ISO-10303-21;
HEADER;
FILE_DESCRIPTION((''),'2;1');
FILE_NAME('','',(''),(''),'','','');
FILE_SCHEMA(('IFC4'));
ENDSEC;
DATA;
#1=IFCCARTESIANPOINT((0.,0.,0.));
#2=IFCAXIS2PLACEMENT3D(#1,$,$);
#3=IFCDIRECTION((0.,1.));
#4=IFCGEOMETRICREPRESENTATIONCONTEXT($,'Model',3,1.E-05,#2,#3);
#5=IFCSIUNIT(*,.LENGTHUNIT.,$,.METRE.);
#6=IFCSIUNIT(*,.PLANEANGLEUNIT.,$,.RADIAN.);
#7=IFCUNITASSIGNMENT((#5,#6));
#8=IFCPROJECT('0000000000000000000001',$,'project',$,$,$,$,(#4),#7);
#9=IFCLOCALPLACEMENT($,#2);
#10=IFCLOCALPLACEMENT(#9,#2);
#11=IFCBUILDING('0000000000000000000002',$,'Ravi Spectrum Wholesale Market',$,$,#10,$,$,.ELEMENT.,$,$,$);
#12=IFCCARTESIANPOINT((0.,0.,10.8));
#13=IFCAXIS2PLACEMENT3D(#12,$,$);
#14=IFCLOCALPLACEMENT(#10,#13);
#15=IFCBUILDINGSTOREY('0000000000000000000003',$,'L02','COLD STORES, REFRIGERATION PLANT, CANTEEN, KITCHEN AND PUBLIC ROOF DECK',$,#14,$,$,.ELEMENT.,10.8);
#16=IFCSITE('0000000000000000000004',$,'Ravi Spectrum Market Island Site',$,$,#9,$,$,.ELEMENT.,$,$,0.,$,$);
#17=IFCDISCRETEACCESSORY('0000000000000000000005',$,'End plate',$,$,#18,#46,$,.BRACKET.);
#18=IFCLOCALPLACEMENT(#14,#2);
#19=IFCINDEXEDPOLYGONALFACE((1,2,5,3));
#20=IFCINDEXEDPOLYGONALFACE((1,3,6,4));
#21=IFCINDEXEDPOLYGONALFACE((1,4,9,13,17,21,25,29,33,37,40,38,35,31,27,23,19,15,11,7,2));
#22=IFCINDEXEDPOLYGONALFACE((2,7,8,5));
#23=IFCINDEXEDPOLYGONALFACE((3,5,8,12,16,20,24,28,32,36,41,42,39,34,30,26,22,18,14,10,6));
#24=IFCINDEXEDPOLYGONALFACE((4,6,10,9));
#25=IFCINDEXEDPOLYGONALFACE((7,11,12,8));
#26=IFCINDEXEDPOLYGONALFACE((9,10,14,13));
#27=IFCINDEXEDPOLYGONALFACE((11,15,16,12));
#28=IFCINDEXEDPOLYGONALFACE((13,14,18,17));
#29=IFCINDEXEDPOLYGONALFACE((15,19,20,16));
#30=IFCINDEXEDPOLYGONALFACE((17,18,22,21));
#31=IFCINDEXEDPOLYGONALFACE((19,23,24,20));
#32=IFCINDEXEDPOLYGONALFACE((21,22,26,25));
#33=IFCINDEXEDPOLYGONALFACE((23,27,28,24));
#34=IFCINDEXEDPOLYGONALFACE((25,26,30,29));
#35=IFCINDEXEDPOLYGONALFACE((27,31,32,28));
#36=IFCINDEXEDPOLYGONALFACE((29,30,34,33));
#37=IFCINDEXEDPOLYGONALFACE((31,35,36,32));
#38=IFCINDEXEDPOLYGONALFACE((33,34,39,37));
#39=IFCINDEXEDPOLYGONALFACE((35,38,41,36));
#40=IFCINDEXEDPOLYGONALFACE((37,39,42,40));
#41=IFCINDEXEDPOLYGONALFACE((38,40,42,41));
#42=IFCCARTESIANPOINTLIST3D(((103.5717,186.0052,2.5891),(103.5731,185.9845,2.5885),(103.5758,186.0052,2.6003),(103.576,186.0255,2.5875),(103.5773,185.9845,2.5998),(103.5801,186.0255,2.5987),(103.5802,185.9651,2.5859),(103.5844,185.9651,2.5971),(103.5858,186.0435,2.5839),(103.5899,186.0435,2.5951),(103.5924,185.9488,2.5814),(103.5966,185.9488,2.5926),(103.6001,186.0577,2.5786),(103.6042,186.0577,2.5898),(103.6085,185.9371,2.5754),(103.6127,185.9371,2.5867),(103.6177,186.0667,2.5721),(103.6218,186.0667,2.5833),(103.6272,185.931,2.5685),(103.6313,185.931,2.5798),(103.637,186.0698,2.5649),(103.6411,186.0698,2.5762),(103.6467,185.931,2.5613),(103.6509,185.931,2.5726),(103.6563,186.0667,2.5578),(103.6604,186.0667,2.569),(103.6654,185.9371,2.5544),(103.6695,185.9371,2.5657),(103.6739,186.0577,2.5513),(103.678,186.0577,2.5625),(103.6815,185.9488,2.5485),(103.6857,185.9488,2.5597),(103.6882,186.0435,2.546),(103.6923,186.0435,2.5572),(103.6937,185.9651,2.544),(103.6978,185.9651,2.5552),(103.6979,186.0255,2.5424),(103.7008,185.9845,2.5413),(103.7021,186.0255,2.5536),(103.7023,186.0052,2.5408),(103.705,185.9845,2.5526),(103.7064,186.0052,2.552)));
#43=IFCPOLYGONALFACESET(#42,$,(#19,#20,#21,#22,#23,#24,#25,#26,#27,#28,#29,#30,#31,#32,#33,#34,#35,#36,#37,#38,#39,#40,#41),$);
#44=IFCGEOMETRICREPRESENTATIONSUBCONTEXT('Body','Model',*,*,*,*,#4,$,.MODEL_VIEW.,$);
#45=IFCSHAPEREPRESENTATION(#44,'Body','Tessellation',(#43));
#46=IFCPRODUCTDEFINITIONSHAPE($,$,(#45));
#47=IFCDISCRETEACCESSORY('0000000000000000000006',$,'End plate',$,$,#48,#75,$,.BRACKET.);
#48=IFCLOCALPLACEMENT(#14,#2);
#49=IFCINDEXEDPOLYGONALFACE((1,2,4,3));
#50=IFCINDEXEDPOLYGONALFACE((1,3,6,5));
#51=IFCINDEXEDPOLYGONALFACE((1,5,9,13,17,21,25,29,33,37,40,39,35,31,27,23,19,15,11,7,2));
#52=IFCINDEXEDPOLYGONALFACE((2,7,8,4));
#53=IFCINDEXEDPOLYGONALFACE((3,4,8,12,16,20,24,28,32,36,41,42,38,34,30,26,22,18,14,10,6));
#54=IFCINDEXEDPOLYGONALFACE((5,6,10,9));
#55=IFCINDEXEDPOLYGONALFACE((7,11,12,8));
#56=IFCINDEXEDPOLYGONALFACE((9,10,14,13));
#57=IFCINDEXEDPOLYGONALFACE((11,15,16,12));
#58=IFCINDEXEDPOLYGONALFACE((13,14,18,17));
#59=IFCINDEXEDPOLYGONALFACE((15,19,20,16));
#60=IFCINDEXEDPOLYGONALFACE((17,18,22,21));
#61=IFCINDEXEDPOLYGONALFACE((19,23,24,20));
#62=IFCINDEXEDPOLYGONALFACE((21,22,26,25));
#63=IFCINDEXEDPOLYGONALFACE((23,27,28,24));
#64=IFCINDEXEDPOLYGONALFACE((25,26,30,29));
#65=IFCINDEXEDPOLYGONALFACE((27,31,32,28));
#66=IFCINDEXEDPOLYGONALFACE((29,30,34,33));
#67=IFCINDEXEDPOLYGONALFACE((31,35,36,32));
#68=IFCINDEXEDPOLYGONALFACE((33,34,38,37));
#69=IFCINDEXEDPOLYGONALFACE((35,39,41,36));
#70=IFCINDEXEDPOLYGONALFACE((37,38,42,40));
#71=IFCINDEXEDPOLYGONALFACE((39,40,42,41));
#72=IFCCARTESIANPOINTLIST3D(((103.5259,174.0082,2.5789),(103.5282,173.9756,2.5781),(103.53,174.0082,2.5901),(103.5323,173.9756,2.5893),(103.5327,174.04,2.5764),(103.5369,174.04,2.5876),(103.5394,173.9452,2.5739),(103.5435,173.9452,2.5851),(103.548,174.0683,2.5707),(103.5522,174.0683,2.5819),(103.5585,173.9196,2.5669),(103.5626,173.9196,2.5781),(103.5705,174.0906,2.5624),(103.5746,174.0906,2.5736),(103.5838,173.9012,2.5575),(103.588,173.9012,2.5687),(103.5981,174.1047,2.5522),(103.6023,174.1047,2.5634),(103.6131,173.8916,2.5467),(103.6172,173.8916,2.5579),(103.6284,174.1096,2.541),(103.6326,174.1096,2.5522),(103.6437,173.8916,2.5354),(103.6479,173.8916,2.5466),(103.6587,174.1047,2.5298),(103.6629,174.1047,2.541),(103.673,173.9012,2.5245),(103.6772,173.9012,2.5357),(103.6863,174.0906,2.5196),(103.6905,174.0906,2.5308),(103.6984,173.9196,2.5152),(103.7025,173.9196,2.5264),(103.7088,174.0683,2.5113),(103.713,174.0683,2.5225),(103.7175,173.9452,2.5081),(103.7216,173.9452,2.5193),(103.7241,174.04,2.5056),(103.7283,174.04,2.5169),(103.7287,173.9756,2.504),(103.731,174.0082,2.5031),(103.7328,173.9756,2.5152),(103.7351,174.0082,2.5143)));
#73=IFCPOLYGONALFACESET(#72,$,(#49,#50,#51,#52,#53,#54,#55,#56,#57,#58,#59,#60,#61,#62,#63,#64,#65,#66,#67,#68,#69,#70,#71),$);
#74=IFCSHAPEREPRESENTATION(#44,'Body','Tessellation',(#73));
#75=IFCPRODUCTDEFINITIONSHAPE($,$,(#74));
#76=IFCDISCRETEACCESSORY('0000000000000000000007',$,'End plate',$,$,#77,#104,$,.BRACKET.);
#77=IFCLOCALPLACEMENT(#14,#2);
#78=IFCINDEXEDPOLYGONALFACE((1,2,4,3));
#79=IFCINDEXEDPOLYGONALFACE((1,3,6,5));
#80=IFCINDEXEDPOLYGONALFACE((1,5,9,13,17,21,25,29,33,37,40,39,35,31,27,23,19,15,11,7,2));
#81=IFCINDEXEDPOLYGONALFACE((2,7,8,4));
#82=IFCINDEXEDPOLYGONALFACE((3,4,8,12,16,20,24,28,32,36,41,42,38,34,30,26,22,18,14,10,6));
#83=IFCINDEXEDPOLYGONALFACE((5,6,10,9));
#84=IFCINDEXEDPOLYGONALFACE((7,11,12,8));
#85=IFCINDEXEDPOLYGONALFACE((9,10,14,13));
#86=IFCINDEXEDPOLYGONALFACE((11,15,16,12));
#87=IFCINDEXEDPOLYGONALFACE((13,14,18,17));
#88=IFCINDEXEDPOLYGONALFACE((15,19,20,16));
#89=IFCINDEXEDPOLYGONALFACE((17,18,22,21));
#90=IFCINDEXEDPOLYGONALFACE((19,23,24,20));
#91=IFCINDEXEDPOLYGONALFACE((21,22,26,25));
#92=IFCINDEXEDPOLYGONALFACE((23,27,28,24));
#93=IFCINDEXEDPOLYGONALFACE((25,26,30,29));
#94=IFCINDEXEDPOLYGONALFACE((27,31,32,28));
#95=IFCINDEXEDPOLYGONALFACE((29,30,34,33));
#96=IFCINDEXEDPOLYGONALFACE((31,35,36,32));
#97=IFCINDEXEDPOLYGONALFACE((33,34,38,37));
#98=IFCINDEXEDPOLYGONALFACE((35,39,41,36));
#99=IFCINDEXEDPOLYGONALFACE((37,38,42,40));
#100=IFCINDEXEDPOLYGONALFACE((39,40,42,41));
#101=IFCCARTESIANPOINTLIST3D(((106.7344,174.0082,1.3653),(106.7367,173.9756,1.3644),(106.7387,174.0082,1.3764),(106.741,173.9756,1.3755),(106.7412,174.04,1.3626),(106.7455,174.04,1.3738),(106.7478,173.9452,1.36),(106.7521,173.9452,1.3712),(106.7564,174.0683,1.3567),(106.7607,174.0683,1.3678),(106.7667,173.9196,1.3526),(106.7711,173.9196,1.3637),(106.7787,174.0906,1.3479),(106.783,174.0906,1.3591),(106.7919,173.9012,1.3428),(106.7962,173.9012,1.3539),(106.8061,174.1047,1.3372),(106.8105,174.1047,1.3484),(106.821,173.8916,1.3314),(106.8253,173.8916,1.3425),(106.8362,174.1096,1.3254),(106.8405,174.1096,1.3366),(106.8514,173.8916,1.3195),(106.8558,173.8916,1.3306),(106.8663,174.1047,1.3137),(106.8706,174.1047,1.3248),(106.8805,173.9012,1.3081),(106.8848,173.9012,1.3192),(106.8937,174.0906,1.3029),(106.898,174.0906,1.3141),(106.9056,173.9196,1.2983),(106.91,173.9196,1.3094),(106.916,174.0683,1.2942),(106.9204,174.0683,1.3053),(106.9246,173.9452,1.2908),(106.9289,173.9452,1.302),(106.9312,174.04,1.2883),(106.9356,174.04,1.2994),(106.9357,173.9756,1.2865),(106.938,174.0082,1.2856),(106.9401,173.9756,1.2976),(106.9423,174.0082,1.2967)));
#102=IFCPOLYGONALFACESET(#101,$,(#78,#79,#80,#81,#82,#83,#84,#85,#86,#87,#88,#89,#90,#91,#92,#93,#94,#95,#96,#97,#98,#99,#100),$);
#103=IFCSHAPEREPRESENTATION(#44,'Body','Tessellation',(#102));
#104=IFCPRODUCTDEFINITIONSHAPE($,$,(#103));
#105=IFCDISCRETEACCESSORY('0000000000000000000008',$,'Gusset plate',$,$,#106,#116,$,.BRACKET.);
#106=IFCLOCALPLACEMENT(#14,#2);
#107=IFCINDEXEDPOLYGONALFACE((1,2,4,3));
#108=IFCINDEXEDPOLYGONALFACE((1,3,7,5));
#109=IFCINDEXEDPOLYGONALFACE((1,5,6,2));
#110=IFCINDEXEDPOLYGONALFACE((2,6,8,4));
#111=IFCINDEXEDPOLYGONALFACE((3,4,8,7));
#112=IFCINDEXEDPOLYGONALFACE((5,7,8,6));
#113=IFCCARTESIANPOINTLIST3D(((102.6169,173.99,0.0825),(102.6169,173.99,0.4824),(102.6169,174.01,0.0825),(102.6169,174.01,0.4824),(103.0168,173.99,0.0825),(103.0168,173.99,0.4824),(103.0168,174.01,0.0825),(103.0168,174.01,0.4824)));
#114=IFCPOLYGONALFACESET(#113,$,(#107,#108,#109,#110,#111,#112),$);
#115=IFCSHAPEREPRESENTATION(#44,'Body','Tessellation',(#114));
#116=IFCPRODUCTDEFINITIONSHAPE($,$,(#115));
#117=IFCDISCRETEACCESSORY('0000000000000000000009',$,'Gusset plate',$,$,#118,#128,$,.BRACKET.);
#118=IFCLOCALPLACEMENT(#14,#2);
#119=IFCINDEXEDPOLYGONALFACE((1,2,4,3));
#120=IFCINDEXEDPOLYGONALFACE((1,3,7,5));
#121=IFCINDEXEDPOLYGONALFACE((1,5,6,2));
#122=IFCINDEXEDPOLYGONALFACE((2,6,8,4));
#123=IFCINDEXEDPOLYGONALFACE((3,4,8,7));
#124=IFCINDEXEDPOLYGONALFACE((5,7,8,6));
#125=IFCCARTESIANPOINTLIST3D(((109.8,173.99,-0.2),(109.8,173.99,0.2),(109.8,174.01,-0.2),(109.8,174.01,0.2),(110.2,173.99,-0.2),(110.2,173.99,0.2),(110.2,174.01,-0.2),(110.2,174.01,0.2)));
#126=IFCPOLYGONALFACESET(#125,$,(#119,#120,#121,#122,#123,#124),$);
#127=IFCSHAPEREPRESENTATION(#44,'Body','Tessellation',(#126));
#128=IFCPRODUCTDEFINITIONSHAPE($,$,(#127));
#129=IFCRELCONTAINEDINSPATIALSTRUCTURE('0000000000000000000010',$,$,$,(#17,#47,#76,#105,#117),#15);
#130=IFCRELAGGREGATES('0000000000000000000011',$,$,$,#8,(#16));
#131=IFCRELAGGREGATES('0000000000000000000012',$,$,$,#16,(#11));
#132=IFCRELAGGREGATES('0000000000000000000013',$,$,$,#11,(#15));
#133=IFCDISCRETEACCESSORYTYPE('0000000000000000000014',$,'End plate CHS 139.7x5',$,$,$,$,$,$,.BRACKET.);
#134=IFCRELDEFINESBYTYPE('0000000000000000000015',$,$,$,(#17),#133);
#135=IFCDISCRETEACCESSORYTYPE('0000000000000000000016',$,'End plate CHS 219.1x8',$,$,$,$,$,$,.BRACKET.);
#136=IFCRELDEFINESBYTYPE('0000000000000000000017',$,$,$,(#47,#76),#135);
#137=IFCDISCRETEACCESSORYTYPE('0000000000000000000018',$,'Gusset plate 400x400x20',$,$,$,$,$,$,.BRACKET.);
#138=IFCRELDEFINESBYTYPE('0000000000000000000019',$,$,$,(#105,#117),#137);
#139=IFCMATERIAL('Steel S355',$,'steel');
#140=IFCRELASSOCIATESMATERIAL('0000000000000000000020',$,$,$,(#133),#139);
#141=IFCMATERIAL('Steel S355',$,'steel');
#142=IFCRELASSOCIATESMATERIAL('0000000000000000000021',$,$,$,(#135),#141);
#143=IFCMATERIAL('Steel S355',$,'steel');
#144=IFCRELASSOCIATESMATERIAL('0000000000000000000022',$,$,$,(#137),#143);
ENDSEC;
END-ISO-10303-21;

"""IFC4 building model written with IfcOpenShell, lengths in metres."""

from ifc_helpers import new_model, si_unit, direction, frame, origin, origin_2d, place, context, subcontext, project, spatial, rectangle, circle, extrude, material, material_profile, profile_set, type_object, element, save


model = new_model("IFC4")

# Units and contexts
model_context = context("Model", 3, precision=1e-05, world=origin(), true_north=direction((0.0, 1.0)))
body_context = subcontext(model_context, "Body", "Model", "MODEL_VIEW")
ifc_project = project(units=[si_unit("LENGTHUNIT", "METRE"), si_unit("PLANEANGLEUNIT", "RADIAN")], contexts=[model_context])

# Site, building, storey
site_placement = place(None, origin())
site = spatial("IfcSite", under=ifc_project, at=site_placement, Name="Ravi Spectrum Market Island Site", CompositionType="ELEMENT", RefElevation=0.0)
building_placement = place(site_placement, origin())
building = spatial("IfcBuilding", under=site, at=building_placement, Name="Ravi Spectrum Wholesale Market", CompositionType="ELEMENT")
storey_placement = place(building_placement, frame((0.0, 0.0, 10.8)))
storey = spatial("IfcBuildingStorey", under=building, at=storey_placement, Name="L02", Description="COLD STORES, REFRIGERATION PLANT, CANTEEN, KITCHEN AND PUBLIC ROOF DECK", CompositionType="ELEMENT", Elevation=10.8)

# Discrete accessories
ifc_material_1 = material(Name="Steel S355", Category="steel")
ifc_material_profile_1 = material_profile(ifc_material_1, circle(Radius=0.0698, at=origin_2d()))
ifc_profile_set_1 = profile_set([ifc_material_profile_1], Name="Steel S355")
discrete_accessory_type_1 = type_object("IfcDiscreteAccessoryType", Name="End plate CHS 139.7x5", PredefinedType="BRACKET", material=ifc_profile_set_1)
discrete_accessory_placement = place(storey_placement, frame((103.637, 186.0, 2.5649), z_axis=(0.34665, 0.0, 0.937994), x_axis=(0.0, 1.0, 0.0)))
element("IfcDiscreteAccessory", 1, at=discrete_accessory_placement, inside=storey, type_object=discrete_accessory_type_1, Name="End plate", PredefinedType="BRACKET", context=body_context, shape_type="SweptSolid", body=[
    extrude(circle(Radius=0.0698, at=origin_2d()), origin(), (0.0, 0.0, 1.0), 0.012),
])
ifc_material_2 = material(Name="Steel S355", Category="steel")
ifc_material_profile_2 = material_profile(ifc_material_2, circle(Radius=0.1096, at=origin_2d()))
ifc_profile_set_2 = profile_set([ifc_material_profile_2], Name="Steel S355")
discrete_accessory_type_2 = type_object("IfcDiscreteAccessoryType", Name="End plate CHS 219.1x8", PredefinedType="BRACKET", material=ifc_profile_set_2)
for number, where, z_axis, x_axis, name in (
    (2, (103.6284, 174.0, 2.541), (0.34665, 0.0, 0.937994), (0.0, 1.0, 0.0), "End plate"),
    (3, (106.8362, 174.0, 1.3254), (0.364399, 0.0, 0.931243), (0.0, 1.0, 0.0), "End plate"),
):
    element("IfcDiscreteAccessory", number, at=place(storey_placement, frame(where, z_axis=z_axis, x_axis=x_axis)), inside=storey, type_object=discrete_accessory_type_2, Name=name, PredefinedType="BRACKET", context=body_context, shape_type="SweptSolid", body=[
        extrude(circle(Radius=0.1096, at=origin_2d()), origin(), (0.0, 0.0, 1.0), 0.012),
    ])
ifc_material_3 = material(Name="Steel S355", Category="steel")
ifc_material_profile_3 = material_profile(ifc_material_3, rectangle(XDim=0.3999, YDim=0.02, at=origin_2d()))
ifc_profile_set_3 = profile_set([ifc_material_profile_3], Name="Steel S355")
discrete_accessory_type_3 = type_object("IfcDiscreteAccessoryType", Name="Gusset plate 400x400x20", PredefinedType="BRACKET", material=ifc_profile_set_3)
for number, where, z_axis, x_axis, name in (
    (4, (102.8169, 174.0, 0.0825), (0.0, 0.0, 1.0), (-1.0, 0.0, 0.0), "Gusset plate"),
    (5, (110.0, 174.0, -0.2), (0.0, 0.0, 1.0), (1.0, 0.0, 0.0), "Gusset plate"),
):
    element("IfcDiscreteAccessory", number, at=place(storey_placement, frame(where, z_axis=z_axis, x_axis=x_axis)), inside=storey, type_object=discrete_accessory_type_3, Name=name, PredefinedType="BRACKET", context=body_context, shape_type="SweptSolid", body=[
        extrude(rectangle(XDim=0.3999, YDim=0.02, at=origin_2d()), origin(), (0.0, 0.0, 1.0), 0.3999),
    ])

save(model, "model.ifc")
